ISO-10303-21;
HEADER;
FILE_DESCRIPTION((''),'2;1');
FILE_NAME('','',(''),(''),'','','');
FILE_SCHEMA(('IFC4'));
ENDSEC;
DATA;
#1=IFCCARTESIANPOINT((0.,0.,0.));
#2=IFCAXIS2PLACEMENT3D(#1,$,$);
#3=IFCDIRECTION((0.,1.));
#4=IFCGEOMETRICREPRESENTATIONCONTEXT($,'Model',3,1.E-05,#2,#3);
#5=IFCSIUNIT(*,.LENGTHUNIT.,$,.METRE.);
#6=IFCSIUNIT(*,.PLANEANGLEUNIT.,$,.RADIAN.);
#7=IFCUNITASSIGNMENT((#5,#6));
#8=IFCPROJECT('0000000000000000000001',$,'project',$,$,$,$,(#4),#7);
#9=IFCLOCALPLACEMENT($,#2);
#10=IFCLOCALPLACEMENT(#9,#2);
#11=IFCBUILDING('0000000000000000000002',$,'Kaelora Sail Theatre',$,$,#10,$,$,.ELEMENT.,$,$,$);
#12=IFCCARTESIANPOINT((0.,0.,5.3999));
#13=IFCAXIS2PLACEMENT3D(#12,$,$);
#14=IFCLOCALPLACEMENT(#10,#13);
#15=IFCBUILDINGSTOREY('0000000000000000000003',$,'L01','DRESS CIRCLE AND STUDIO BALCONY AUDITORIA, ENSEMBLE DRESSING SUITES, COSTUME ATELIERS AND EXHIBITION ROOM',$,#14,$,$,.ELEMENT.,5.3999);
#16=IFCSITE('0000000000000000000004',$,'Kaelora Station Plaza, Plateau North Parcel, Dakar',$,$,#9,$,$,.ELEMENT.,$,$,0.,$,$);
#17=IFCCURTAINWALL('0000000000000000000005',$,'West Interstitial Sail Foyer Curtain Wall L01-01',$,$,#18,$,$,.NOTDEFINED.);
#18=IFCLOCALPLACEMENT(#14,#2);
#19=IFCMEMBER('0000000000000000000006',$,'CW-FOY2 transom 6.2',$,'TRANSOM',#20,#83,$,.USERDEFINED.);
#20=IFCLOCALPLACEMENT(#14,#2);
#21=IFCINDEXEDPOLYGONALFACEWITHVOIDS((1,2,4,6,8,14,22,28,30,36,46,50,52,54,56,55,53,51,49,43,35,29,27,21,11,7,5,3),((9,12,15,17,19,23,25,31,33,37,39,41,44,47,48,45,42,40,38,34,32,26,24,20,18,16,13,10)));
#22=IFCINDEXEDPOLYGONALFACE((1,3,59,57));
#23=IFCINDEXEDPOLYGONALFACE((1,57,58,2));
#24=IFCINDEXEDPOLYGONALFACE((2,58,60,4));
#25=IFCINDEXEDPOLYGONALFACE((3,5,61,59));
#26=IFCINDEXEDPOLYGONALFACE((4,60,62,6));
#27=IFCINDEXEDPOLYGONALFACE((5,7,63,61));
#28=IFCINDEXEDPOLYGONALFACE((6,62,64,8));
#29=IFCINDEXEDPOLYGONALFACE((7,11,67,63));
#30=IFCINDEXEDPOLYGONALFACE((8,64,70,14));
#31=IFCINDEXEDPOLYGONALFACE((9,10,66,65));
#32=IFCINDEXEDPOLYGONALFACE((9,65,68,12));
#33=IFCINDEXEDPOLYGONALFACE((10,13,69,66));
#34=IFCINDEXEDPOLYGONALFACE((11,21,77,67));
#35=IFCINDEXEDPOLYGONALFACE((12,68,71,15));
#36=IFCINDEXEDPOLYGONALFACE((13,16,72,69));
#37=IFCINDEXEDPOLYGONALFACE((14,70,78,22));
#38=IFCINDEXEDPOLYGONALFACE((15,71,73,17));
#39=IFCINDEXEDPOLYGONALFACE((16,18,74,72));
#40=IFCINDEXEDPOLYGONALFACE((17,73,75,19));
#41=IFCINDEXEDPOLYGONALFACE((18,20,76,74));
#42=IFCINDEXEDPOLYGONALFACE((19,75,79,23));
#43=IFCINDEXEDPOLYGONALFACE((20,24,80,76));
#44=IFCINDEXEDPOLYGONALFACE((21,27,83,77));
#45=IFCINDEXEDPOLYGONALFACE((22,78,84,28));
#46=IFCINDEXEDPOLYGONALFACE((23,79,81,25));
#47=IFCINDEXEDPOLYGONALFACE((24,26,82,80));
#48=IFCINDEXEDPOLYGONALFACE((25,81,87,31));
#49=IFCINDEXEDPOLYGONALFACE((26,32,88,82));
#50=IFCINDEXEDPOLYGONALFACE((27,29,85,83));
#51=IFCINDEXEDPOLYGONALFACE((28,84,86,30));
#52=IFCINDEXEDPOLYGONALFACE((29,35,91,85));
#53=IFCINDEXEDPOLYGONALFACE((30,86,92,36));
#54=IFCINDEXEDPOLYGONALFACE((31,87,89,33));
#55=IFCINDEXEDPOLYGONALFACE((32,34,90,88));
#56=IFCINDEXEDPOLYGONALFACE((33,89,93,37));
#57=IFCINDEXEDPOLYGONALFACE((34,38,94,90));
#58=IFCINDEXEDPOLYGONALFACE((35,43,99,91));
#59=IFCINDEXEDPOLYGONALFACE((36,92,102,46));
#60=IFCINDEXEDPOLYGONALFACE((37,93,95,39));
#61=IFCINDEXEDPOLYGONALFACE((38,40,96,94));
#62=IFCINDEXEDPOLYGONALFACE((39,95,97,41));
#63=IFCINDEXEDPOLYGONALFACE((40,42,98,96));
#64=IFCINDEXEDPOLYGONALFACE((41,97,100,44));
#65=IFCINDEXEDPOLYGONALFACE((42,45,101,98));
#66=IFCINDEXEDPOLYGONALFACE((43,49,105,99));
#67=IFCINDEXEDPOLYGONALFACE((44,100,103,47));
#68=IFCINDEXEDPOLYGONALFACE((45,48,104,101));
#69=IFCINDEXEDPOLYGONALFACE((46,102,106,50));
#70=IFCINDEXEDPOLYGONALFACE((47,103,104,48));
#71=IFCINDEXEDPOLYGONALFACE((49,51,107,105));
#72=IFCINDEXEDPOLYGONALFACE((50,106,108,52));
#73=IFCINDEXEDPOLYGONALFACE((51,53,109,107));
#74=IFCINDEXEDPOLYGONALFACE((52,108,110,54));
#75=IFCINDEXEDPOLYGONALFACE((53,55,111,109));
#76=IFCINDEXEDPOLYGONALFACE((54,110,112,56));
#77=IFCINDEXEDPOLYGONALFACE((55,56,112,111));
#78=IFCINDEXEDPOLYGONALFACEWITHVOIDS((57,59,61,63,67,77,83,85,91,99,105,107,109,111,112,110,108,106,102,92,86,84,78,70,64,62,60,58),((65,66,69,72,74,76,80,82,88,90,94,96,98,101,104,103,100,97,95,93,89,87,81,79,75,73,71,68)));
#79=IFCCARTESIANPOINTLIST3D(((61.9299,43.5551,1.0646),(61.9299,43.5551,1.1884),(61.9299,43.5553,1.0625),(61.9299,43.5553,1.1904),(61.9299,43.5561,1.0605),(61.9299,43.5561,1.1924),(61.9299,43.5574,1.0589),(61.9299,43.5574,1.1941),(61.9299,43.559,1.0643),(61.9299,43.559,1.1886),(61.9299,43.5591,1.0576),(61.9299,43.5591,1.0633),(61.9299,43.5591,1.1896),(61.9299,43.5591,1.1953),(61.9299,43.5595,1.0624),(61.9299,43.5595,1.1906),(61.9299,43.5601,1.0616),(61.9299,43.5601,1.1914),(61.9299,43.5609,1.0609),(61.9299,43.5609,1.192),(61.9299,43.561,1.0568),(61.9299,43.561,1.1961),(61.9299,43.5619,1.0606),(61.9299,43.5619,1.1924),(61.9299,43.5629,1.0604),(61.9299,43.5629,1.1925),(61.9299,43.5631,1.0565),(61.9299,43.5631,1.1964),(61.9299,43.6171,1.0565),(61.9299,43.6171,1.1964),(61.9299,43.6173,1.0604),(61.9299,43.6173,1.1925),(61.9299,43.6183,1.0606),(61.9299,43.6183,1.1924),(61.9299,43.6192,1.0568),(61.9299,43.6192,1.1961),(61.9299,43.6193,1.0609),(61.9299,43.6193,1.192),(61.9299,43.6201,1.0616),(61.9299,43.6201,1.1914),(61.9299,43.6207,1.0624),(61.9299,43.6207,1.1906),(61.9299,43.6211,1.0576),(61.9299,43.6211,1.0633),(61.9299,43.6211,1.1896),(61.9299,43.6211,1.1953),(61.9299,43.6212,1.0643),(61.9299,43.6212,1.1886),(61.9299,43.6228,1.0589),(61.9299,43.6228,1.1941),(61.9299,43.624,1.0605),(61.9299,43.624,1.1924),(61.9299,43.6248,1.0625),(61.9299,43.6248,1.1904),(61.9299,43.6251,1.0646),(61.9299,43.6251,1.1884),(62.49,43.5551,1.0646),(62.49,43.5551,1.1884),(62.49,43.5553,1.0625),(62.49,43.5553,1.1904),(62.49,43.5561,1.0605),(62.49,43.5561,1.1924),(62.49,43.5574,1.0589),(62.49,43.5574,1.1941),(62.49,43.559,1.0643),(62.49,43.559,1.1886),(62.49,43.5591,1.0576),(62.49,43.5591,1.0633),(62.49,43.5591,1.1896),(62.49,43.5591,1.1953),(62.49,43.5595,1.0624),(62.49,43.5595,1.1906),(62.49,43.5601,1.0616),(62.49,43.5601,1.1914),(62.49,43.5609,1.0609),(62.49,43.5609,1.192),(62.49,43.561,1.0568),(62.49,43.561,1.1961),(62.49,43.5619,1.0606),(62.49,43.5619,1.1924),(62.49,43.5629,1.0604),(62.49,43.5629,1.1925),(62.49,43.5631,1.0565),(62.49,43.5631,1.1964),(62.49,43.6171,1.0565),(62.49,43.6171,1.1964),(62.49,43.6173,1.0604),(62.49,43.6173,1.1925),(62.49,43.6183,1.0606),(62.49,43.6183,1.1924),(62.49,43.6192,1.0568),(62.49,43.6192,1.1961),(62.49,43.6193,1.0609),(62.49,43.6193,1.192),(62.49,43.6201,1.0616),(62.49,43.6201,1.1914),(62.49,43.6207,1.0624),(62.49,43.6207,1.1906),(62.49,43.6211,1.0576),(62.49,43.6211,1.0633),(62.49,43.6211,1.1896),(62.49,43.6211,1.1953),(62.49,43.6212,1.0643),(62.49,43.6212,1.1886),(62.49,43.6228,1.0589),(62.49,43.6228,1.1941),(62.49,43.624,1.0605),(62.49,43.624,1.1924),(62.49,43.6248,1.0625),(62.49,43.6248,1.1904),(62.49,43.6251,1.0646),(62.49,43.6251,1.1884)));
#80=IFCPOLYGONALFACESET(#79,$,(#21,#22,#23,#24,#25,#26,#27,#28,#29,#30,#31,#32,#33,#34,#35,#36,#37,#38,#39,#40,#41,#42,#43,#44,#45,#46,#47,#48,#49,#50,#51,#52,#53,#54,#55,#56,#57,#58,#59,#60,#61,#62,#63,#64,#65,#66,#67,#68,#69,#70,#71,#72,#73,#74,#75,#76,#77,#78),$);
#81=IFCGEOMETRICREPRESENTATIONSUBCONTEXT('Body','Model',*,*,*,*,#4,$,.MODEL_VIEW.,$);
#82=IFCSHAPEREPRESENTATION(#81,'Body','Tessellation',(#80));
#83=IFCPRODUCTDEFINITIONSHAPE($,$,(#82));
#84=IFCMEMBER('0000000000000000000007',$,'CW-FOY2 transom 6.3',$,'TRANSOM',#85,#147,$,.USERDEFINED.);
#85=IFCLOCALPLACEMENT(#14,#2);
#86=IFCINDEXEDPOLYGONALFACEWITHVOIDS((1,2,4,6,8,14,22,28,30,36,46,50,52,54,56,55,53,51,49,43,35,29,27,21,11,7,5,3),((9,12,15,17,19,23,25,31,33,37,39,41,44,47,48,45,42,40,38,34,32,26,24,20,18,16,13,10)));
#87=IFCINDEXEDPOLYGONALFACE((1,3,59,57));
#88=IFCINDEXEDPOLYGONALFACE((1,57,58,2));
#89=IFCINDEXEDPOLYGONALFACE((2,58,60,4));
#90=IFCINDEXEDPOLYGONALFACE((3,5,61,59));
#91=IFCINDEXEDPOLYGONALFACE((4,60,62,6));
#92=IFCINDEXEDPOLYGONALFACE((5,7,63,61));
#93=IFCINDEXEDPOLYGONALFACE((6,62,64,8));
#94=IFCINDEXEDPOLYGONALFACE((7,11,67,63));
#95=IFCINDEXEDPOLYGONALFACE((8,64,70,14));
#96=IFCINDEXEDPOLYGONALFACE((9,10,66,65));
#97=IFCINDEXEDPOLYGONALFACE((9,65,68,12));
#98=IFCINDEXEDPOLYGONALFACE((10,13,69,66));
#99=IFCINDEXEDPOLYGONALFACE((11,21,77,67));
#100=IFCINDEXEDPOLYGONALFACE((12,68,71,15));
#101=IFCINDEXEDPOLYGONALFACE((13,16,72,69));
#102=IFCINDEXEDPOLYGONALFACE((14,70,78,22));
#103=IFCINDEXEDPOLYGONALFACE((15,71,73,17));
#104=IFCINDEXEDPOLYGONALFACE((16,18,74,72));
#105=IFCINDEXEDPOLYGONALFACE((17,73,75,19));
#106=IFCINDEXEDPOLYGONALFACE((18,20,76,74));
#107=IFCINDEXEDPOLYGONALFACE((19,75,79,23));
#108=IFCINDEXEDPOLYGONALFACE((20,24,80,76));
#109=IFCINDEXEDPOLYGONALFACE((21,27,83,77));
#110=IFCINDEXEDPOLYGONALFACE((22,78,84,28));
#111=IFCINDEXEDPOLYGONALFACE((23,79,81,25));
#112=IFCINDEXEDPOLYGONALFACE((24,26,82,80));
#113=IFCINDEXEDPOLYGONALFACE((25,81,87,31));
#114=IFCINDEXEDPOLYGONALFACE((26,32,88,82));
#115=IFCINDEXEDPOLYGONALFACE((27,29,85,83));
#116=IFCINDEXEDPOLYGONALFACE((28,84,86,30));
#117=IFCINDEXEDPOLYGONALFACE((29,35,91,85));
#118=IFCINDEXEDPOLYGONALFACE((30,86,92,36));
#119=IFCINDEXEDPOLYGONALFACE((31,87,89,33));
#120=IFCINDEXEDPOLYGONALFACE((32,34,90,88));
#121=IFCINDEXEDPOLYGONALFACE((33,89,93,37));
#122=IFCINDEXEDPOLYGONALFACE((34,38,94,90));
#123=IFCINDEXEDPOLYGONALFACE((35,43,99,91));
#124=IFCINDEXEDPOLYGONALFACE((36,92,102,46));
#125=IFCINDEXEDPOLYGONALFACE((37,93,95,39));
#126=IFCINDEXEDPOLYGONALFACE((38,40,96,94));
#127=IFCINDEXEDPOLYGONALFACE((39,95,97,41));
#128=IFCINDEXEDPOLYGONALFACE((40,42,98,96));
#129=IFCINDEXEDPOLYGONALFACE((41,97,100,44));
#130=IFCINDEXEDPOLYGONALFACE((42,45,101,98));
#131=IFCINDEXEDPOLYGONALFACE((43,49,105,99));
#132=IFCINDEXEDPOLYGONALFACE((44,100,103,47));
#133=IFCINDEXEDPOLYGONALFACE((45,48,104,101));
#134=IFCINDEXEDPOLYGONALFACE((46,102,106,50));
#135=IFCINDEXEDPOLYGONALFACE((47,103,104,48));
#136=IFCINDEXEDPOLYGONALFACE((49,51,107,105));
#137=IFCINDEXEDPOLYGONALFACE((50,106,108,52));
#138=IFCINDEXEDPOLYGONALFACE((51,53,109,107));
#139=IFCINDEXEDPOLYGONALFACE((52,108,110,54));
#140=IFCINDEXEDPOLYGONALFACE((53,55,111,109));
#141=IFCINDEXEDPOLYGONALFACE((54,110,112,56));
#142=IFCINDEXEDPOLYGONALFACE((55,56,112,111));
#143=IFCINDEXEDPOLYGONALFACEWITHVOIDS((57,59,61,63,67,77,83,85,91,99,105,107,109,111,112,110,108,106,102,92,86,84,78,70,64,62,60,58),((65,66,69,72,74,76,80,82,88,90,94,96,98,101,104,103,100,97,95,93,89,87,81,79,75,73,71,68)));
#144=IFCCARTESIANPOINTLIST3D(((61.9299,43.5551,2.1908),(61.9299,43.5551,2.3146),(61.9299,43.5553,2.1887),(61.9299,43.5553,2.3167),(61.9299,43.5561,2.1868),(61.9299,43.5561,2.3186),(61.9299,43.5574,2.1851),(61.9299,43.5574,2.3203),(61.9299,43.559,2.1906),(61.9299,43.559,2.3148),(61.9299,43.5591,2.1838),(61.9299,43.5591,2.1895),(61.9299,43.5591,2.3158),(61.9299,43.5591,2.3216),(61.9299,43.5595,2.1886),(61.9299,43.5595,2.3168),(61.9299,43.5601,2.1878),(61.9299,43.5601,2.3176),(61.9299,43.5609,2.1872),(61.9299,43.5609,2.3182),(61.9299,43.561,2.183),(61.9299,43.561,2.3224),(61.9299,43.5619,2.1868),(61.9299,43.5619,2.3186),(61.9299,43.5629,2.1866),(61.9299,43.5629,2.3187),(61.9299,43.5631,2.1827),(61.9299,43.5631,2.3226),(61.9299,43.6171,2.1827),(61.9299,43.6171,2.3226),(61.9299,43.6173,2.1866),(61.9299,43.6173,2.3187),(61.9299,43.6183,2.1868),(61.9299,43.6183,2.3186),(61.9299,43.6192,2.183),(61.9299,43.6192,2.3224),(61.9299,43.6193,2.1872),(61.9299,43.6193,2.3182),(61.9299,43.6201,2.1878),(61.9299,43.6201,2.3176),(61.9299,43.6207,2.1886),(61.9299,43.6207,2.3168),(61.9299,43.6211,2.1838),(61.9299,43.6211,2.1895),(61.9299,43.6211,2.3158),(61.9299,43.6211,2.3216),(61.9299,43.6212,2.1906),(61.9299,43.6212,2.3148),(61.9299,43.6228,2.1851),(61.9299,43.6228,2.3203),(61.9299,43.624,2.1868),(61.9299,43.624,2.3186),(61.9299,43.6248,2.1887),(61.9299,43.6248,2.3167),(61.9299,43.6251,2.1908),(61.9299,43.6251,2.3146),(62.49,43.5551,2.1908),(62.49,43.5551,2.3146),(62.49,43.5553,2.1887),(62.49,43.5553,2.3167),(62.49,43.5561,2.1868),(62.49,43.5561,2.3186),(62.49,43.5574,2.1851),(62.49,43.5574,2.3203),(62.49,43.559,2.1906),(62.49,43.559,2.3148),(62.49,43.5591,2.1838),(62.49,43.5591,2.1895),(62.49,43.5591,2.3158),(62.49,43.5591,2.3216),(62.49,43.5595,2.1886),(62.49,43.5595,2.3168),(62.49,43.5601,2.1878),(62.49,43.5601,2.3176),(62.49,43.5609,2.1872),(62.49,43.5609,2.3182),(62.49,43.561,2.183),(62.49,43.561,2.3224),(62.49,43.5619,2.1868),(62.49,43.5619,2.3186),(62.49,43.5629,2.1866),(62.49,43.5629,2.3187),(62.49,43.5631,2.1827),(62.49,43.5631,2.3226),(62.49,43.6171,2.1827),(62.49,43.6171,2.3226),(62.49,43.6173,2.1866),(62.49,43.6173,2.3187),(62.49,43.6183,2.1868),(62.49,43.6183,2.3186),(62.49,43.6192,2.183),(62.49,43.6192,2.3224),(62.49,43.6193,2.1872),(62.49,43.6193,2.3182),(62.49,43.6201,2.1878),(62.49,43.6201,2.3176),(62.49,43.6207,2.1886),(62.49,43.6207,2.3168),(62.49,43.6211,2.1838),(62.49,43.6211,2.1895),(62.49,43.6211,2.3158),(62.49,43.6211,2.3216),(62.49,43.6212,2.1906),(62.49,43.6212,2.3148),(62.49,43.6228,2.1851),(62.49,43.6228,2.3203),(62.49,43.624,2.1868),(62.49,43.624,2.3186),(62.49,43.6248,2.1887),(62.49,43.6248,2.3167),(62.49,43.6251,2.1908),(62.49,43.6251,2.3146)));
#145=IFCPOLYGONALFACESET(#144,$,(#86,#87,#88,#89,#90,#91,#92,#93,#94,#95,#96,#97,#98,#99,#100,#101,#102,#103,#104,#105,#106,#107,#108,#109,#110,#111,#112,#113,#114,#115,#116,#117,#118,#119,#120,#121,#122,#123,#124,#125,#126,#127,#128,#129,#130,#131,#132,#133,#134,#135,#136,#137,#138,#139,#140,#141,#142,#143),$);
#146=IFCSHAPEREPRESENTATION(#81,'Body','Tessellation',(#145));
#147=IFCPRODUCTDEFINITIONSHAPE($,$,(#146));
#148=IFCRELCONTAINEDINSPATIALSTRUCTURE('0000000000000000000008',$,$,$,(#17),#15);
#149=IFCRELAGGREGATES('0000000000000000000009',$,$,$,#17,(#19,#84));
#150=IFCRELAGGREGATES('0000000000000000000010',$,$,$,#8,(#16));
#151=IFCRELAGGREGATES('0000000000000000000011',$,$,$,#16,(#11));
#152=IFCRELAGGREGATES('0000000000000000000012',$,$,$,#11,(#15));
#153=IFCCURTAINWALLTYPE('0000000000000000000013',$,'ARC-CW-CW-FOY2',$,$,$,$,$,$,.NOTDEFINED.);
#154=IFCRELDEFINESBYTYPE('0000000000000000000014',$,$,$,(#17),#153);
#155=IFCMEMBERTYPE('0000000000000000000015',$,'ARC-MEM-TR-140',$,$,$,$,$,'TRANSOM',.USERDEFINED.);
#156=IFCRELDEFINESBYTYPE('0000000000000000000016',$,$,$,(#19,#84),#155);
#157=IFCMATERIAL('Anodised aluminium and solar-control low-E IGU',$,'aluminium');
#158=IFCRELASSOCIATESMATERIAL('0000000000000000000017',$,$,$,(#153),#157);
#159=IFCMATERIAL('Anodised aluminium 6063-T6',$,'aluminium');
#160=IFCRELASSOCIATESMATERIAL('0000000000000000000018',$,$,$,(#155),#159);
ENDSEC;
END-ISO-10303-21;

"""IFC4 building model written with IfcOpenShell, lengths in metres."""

from ifc_helpers import new_model, si_unit, direction, frame, origin, origin_2d, place, context, subcontext, project, spatial, hollow_rectangle, extrude, material, material_profile, profile_set, type_object, element, aggregate, save


model = new_model("IFC4")

# Units and contexts
model_context = context("Model", 3, precision=1e-05, world=origin(), true_north=direction((0.0, 1.0)))
body_context = subcontext(model_context, "Body", "Model", "MODEL_VIEW")
ifc_project = project(units=[si_unit("LENGTHUNIT", "METRE"), si_unit("PLANEANGLEUNIT", "RADIAN")], contexts=[model_context])

# Site, building, storey
site_placement = place(None, origin())
site = spatial("IfcSite", under=ifc_project, at=site_placement, Name="Kaelora Station Plaza, Plateau North Parcel, Dakar", CompositionType="ELEMENT", RefElevation=0.0)
building_placement = place(site_placement, origin())
building = spatial("IfcBuilding", under=site, at=building_placement, Name="Kaelora Sail Theatre", CompositionType="ELEMENT")
storey_placement = place(building_placement, frame((0.0, 0.0, 5.3999)))
storey = spatial("IfcBuildingStorey", under=building, at=storey_placement, Name="L01", Description="DRESS CIRCLE AND STUDIO BALCONY AUDITORIA, ENSEMBLE DRESSING SUITES, COSTUME ATELIERS AND EXHIBITION ROOM", CompositionType="ELEMENT", Elevation=5.3999)

# Curtain wall, members
ifc_material_1 = material(Name="Anodised aluminium and solar-control low-E IGU", Category="aluminium")
curtain_wall_type = type_object("IfcCurtainWallType", Name="ARC-CW-CW-FOY2", PredefinedType="NOTDEFINED", material=ifc_material_1)
curtain_wall_placement = place(storey_placement, origin())
curtain_wall = element("IfcCurtainWall", 1, at=curtain_wall_placement, inside=storey, type_object=curtain_wall_type, Name="West Interstitial Sail Foyer Curtain Wall L01-01", PredefinedType="NOTDEFINED")
ifc_material_2 = material(Name="Anodised aluminium 6063-T6", Category="aluminium")
ifc_material_profile_1 = material_profile(ifc_material_2, hollow_rectangle(XDim=0.0701, YDim=0.1399, WallThickness=0.0039, InnerFilletRadius=0.0039, OuterFilletRadius=0.0081, at=origin_2d()), Name="ALU-TRAN 70x140x4")
ifc_profile_set_1 = profile_set([ifc_material_profile_1], Name="Anodised aluminium 6063-T6")
member_type_1 = type_object("IfcMemberType", Name="ARC-MEM-TR-140", ElementType="TRANSOM", PredefinedType="USERDEFINED", material=ifc_profile_set_1)
member_1_placement = place(storey_placement, frame((61.9299, 43.5901, 1.1265), z_axis=(1.0, 0.0, 0.0), x_axis=(0.0, 1.0, 0.0)))
member_1 = element("IfcMember", 2, at=member_1_placement, type_object=member_type_1, Name="CW-FOY2 transom 6.2", ObjectType="TRANSOM", PredefinedType="USERDEFINED", context=body_context, shape_type="SweptSolid", body=[
    extrude(hollow_rectangle(XDim=0.0701, YDim=0.1399, WallThickness=0.0039, InnerFilletRadius=0.0039, OuterFilletRadius=0.0081, at=origin_2d()), origin(), (0.0, 0.0, 1.0), 0.5601),
])
member_2_placement = place(storey_placement, frame((61.9299, 43.5901, 2.2527), z_axis=(1.0, 0.0, 0.0), x_axis=(0.0, 1.0, 0.0)))
member_2 = element("IfcMember", 3, at=member_2_placement, type_object=member_type_1, Name="CW-FOY2 transom 6.3", ObjectType="TRANSOM", PredefinedType="USERDEFINED", context=body_context, shape_type="SweptSolid", body=[
    extrude(hollow_rectangle(XDim=0.0701, YDim=0.1399, WallThickness=0.0039, InnerFilletRadius=0.0039, OuterFilletRadius=0.0081, at=origin_2d()), origin(), (0.0, 0.0, 1.0), 0.5601),
])

aggregate(curtain_wall, [member_1, member_2])

save(model, "model.ifc")
